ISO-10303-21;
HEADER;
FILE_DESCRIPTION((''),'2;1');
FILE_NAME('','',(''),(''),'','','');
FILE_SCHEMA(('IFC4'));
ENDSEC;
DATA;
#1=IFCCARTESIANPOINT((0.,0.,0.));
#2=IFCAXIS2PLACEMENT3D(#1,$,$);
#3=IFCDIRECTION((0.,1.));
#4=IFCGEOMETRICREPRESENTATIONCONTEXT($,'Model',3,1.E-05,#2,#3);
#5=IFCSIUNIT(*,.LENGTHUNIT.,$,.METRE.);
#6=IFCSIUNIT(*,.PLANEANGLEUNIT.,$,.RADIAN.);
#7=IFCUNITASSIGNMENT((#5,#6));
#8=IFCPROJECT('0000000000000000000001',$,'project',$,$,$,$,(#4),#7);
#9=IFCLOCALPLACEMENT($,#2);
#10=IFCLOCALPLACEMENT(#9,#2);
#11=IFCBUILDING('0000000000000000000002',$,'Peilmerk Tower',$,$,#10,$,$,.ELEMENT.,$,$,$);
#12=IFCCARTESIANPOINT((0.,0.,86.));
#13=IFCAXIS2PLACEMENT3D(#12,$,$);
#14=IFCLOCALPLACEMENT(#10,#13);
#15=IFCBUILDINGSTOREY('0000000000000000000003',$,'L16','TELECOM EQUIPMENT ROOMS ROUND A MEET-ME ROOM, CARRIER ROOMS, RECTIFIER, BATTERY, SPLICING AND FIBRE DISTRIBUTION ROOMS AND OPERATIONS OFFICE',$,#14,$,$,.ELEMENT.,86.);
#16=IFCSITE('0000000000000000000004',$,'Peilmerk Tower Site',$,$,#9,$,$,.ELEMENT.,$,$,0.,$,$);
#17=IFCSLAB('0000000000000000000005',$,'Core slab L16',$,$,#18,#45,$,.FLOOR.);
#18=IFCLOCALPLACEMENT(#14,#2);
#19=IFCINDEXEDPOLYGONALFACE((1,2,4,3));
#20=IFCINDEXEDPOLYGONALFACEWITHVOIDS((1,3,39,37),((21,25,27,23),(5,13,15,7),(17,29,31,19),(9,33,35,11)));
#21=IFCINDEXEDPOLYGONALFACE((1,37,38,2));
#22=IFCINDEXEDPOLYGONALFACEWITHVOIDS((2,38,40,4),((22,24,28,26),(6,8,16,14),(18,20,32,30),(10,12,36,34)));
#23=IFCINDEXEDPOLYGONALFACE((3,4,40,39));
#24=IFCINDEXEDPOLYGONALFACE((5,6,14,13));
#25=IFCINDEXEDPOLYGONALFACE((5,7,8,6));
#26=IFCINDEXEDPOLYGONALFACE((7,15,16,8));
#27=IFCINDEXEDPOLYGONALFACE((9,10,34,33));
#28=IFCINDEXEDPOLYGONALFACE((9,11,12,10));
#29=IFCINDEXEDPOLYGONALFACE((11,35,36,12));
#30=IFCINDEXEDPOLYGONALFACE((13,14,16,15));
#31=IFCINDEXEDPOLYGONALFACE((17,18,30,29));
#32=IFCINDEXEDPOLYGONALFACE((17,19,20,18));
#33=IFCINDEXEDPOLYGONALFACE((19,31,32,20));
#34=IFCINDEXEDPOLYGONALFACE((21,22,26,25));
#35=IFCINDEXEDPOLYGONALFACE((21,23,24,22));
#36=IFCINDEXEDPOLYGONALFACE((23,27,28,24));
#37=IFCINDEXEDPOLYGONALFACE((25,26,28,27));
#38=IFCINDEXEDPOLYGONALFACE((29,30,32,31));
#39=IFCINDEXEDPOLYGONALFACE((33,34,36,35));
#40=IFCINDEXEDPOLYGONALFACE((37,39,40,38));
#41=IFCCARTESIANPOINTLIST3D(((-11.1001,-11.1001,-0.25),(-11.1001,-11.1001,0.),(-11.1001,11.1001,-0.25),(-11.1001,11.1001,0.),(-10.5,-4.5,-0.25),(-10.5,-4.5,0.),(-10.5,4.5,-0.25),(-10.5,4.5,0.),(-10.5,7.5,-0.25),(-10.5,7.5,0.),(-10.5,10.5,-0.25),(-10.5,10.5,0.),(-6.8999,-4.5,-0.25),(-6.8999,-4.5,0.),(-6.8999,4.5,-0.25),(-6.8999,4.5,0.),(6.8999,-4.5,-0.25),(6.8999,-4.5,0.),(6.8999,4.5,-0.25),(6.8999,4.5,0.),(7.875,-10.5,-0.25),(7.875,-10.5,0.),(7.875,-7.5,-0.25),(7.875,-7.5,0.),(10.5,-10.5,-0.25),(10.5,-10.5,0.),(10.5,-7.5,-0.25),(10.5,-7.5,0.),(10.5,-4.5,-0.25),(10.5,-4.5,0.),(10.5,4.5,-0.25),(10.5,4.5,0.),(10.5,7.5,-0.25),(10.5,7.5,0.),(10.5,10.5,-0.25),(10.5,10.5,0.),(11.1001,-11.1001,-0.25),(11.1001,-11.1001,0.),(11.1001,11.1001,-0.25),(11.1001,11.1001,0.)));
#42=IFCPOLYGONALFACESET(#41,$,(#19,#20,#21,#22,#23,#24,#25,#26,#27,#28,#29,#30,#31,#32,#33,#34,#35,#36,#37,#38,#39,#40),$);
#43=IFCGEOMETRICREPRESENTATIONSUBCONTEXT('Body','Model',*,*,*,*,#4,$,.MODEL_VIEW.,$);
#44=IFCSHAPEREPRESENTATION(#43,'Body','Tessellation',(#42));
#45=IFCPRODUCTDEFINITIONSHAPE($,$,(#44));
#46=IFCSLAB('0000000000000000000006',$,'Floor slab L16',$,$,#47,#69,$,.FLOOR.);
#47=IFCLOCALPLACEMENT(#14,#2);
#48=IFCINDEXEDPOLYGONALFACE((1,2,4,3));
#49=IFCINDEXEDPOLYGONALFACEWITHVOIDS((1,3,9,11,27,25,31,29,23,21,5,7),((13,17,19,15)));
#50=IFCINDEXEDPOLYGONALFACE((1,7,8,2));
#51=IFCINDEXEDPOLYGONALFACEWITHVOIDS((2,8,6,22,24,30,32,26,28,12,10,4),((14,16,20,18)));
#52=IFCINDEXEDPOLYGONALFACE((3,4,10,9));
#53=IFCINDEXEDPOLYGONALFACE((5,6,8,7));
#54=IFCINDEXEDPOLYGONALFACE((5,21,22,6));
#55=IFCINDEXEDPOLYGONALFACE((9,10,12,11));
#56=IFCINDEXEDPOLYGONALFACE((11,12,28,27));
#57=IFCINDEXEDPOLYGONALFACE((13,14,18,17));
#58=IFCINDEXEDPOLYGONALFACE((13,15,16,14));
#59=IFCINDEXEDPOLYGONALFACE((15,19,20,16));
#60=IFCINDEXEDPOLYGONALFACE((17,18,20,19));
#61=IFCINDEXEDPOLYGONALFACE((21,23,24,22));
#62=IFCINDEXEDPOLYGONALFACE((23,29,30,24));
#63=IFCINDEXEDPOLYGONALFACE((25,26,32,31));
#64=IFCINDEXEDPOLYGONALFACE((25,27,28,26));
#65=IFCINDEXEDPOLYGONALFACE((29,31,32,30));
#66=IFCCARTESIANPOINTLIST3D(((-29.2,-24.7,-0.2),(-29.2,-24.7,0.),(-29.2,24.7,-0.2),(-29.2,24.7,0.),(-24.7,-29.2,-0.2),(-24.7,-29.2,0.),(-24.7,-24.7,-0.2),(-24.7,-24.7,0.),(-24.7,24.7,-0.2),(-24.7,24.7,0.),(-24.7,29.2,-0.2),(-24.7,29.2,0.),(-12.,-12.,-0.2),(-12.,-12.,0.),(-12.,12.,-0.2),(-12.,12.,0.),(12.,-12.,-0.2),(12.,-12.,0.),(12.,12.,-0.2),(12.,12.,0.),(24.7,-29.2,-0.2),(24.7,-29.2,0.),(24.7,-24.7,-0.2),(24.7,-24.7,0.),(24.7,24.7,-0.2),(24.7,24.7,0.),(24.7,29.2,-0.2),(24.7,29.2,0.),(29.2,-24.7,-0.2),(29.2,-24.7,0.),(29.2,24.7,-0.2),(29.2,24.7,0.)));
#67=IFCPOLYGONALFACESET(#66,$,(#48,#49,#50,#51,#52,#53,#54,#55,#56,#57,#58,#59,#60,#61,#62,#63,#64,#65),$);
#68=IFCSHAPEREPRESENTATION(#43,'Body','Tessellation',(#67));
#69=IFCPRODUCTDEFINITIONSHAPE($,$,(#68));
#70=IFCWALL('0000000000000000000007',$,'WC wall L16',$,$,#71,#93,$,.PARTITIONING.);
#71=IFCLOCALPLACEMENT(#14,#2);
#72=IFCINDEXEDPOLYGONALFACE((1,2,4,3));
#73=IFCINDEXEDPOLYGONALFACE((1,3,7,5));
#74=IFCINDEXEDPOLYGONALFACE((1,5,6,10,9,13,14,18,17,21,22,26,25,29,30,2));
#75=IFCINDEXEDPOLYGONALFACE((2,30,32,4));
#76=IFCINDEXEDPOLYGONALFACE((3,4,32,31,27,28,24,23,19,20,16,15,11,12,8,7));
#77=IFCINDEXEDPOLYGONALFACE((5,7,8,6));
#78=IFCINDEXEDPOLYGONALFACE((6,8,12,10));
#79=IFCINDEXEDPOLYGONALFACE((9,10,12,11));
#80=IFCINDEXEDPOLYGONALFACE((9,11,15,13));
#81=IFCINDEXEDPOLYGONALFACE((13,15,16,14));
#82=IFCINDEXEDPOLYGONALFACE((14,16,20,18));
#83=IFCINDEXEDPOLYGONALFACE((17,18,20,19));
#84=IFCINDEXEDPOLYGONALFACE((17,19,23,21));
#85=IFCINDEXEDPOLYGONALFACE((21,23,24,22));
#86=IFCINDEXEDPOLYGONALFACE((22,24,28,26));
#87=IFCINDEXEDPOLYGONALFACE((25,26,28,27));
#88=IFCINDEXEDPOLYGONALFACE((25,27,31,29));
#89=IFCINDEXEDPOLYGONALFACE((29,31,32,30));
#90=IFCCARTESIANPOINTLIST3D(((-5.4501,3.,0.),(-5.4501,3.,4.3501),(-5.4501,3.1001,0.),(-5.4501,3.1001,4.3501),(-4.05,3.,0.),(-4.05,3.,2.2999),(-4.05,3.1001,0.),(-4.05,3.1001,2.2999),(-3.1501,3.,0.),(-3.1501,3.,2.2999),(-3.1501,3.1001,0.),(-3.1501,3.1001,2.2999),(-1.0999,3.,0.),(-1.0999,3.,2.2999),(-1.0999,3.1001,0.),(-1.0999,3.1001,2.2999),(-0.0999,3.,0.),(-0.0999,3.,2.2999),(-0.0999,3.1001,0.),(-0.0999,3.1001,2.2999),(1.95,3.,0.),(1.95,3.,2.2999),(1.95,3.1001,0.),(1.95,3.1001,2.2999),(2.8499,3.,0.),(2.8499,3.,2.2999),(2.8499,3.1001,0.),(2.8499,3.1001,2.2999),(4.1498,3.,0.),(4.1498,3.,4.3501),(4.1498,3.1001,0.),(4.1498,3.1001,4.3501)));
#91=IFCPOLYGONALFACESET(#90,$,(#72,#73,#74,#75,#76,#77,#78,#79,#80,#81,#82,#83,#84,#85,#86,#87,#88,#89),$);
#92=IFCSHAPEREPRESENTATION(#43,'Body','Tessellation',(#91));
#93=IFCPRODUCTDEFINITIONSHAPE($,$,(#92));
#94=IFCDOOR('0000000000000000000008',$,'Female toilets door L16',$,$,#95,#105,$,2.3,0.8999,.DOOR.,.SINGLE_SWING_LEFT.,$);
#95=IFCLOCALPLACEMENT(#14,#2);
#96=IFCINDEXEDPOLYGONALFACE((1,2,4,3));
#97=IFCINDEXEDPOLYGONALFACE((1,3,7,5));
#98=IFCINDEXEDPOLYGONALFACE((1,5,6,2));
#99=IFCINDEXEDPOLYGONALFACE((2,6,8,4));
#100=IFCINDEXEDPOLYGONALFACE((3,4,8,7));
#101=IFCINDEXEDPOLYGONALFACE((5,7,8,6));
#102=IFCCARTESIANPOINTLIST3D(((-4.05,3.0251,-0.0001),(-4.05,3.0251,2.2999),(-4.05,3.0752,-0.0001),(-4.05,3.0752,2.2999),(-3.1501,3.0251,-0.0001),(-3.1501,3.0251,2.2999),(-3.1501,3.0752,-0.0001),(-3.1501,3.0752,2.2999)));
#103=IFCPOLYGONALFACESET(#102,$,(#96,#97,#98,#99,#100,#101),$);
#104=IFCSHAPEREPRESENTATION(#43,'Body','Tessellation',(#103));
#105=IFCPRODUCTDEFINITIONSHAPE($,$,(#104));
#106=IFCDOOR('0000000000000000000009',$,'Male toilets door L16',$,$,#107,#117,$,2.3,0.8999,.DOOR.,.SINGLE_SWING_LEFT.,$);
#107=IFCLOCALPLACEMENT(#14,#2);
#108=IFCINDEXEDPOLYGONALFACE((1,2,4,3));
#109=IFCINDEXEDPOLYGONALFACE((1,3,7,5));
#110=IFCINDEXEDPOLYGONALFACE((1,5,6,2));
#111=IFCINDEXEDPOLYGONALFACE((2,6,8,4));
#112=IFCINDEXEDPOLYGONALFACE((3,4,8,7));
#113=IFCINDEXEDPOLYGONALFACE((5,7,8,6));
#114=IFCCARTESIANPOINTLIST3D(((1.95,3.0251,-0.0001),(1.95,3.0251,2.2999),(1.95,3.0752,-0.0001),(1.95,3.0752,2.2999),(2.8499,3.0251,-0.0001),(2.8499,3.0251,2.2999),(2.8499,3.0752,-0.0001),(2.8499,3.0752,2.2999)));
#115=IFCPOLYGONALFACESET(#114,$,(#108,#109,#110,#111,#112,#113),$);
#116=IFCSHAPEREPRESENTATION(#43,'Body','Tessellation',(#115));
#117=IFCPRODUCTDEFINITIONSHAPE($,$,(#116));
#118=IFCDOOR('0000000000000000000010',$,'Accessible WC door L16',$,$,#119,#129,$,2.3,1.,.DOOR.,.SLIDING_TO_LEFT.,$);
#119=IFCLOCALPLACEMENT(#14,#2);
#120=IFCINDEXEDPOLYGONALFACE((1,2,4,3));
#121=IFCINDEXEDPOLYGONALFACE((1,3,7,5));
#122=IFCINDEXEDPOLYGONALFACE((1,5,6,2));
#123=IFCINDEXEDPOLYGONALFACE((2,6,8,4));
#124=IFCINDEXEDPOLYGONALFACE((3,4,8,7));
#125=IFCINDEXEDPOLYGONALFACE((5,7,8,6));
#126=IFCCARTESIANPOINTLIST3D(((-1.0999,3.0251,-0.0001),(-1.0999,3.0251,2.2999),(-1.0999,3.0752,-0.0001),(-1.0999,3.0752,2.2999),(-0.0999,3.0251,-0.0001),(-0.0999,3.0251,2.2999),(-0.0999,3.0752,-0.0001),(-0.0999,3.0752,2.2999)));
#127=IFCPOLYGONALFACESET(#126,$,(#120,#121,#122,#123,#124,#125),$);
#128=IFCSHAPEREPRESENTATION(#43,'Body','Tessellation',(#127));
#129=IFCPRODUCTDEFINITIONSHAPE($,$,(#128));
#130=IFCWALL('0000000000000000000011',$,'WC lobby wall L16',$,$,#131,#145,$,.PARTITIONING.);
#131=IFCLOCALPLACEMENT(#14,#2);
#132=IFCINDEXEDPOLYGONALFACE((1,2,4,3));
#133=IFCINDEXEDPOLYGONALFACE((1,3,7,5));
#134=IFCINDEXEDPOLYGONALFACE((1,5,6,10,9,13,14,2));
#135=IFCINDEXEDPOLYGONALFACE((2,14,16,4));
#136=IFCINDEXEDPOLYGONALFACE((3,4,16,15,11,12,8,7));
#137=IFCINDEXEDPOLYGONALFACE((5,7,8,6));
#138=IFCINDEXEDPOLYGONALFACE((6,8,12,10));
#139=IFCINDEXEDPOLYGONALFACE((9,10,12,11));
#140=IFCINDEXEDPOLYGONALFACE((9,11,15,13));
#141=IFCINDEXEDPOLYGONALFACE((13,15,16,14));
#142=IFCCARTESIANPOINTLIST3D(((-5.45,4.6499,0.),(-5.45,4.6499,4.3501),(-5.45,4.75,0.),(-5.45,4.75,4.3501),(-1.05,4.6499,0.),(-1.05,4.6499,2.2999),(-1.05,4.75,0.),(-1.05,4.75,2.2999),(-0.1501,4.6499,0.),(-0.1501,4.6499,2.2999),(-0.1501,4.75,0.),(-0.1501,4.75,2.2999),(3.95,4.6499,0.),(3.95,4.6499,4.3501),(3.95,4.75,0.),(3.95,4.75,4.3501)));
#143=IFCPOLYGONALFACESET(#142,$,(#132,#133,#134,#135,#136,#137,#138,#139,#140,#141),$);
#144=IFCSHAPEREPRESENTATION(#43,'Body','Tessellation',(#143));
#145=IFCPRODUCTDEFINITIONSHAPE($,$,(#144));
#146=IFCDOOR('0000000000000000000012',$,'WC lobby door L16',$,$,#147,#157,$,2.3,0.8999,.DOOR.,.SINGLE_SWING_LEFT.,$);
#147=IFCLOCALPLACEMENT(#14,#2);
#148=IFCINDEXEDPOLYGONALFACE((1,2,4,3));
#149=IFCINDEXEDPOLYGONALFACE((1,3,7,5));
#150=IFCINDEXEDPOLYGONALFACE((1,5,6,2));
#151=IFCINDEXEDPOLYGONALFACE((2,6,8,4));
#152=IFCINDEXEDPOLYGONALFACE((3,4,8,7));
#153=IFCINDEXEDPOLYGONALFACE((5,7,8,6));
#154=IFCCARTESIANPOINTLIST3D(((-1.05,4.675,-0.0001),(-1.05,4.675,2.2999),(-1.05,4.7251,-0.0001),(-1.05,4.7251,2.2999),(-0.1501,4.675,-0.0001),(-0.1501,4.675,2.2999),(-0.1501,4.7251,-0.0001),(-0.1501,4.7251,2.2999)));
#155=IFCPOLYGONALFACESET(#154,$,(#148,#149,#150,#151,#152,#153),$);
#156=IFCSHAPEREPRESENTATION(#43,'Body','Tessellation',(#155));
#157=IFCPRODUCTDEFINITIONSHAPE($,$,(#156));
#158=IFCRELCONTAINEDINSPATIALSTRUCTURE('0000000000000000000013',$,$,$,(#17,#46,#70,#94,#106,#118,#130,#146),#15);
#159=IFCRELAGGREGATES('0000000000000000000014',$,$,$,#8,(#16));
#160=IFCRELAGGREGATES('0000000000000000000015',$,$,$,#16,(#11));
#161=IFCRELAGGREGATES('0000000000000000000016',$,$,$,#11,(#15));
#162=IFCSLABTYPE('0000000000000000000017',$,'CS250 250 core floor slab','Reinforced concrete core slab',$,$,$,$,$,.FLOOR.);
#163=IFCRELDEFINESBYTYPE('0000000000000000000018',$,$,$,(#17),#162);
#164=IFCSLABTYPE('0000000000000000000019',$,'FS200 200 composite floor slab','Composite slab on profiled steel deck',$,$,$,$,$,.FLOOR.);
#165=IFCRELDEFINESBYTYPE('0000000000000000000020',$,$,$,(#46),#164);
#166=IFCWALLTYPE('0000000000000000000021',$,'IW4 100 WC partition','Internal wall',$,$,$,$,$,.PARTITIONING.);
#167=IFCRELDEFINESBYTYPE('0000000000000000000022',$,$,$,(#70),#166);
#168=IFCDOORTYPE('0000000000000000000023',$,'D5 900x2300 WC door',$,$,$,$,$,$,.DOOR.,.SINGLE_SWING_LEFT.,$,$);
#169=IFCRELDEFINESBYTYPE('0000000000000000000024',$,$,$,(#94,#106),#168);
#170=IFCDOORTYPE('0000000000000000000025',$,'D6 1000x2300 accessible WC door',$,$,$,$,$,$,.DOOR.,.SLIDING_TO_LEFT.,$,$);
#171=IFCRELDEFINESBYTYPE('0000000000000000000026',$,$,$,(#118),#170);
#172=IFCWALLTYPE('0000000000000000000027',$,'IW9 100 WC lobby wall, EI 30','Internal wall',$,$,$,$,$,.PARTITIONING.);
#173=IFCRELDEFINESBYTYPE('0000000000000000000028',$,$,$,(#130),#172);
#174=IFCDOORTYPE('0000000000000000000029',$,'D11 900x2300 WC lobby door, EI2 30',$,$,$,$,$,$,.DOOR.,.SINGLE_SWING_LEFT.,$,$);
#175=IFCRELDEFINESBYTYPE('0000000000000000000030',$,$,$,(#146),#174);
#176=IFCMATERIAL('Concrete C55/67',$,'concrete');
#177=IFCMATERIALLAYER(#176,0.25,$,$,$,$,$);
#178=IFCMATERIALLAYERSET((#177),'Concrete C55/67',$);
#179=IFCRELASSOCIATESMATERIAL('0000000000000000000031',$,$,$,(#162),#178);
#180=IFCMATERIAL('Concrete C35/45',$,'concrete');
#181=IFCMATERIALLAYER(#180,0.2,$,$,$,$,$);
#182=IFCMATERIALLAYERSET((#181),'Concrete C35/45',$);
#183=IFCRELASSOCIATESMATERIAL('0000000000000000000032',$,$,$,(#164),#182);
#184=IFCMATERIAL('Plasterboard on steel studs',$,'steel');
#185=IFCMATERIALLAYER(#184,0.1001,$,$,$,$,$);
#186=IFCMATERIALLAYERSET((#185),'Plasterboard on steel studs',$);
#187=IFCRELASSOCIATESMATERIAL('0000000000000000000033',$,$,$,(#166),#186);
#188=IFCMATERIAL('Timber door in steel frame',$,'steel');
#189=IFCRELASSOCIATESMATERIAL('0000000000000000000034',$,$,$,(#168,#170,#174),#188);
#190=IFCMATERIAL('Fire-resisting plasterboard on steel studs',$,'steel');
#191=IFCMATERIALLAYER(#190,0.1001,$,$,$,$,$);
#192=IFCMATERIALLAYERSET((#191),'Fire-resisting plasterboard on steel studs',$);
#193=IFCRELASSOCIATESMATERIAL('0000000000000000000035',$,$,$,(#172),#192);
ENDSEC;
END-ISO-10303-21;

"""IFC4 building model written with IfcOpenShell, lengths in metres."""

from ifc_helpers import new_model, si_unit, direction, frame, frame_2d, origin, place, context, subcontext, project, spatial, polyline, rectangle, outline, extrude, material, layer, layer_set, type_object, element, fill, save


model = new_model("IFC4")

# Units and contexts
model_context = context("Model", 3, precision=1e-05, world=origin(), true_north=direction((0.0, 1.0)))
body_context = subcontext(model_context, "Body", "Model", "MODEL_VIEW")
ifc_project = project(units=[si_unit("LENGTHUNIT", "METRE"), si_unit("PLANEANGLEUNIT", "RADIAN")], contexts=[model_context])

# Site, building, storey
site_placement = place(None, origin())
site = spatial("IfcSite", under=ifc_project, at=site_placement, Name="Peilmerk Tower Site", CompositionType="ELEMENT", RefElevation=0.0)
building_placement = place(site_placement, origin())
building = spatial("IfcBuilding", under=site, at=building_placement, Name="Peilmerk Tower", CompositionType="ELEMENT")
storey_placement = place(building_placement, frame((0.0, 0.0, 86.0)))
storey = spatial("IfcBuildingStorey", under=building, at=storey_placement, Name="L16", Description="TELECOM EQUIPMENT ROOMS ROUND A MEET-ME ROOM, CARRIER ROOMS, RECTIFIER, BATTERY, SPLICING AND FIBRE DISTRIBUTION ROOMS AND OPERATIONS OFFICE", CompositionType="ELEMENT", Elevation=86.0)

# Slabs
ifc_material_1 = material(Name="Concrete C55/67", Category="concrete")
ifc_layer_1 = layer(ifc_material_1, 0.25)
ifc_layer_set_1 = layer_set([ifc_layer_1], Name="Concrete C55/67")
slab_type_1 = type_object("IfcSlabType", Name="CS250 250 core floor slab", Description="Reinforced concrete core slab", PredefinedType="FLOOR", material=ifc_layer_set_1)
slab_1_placement = place(storey_placement, frame((0.0, 0.0, -0.25)))
element("IfcSlab", 1, at=slab_1_placement, inside=storey, type_object=slab_type_1, Name="Core slab L16", PredefinedType="FLOOR", context=body_context, shape_type="SweptSolid", body=[
    extrude(outline(polyline([(-11.1001, 11.1001), (-11.1001, -11.1001), (11.1001, -11.1001), (11.1001, 11.1001), (-11.1001, 11.1001)]), holes=[polyline([(10.5, 7.5), (-10.5, 7.5), (-10.5, 10.5), (10.5, 10.5), (10.5, 7.5)]), polyline([(7.875, -10.5), (7.875, -7.5), (10.5, -7.5), (10.5, -10.5), (7.875, -10.5)]), polyline([(-10.5, 4.5), (-6.8999, 4.5), (-6.8999, -4.5), (-10.5, -4.5), (-10.5, 4.5)]), polyline([(10.5, 4.5), (10.5, -4.5), (6.8999, -4.5), (6.8999, 4.5), (10.5, 4.5)])]), origin(), (0.0, 0.0, 1.0), 0.25),
])
ifc_material_2 = material(Name="Concrete C35/45", Category="concrete")
ifc_layer_2 = layer(ifc_material_2, 0.2)
ifc_layer_set_2 = layer_set([ifc_layer_2], Name="Concrete C35/45")
slab_type_2 = type_object("IfcSlabType", Name="FS200 200 composite floor slab", Description="Composite slab on profiled steel deck", PredefinedType="FLOOR", material=ifc_layer_set_2)
slab_2_placement = place(storey_placement, frame((0.0, 0.0, -0.2)))
element("IfcSlab", 2, at=slab_2_placement, inside=storey, type_object=slab_type_2, Name="Floor slab L16", PredefinedType="FLOOR", context=body_context, shape_type="SweptSolid", body=[
    extrude(outline(polyline([(-24.7, -29.2), (24.7, -29.2), (24.7, -24.7), (29.2, -24.7), (29.2, 24.7), (24.7, 24.7), (24.7, 29.2), (-24.7, 29.2), (-24.7, 24.7), (-29.2, 24.7), (-29.2, -24.7), (-24.7, -24.7), (-24.7, -29.2)]), holes=[polyline([(12.0, 12.0), (12.0, -12.0), (-12.0, -12.0), (-12.0, 12.0), (12.0, 12.0)])]), origin(), (0.0, 0.0, 1.0), 0.2),
])

# Wall, openings, doors
ifc_material_3 = material(Name="Plasterboard on steel studs", Category="steel")
ifc_layer_3 = layer(ifc_material_3, 0.1001)
ifc_layer_set_3 = layer_set([ifc_layer_3], Name="Plasterboard on steel studs")
wall_type_1 = type_object("IfcWallType", Name="IW4 100 WC partition", Description="Internal wall", PredefinedType="PARTITIONING", material=ifc_layer_set_3)
wall_1_placement = place(storey_placement, frame((-5.45, 3.05, 0.0), z_axis=(0.0, 0.0, 1.0), x_axis=(1.0, 0.0, 0.0)))
wall_1 = element("IfcWall", 3, at=wall_1_placement, inside=storey, type_object=wall_type_1, Name="WC wall L16", PredefinedType="PARTITIONING", context=body_context, shape_type="SweptSolid", body=[
    extrude(rectangle(XDim=9.5999, YDim=0.1001, at=frame_2d((4.7998, 0.0))), origin(), (0.0, 0.0, 1.0), 4.3501),
])
opening_1_placement = place(wall_1_placement, frame((1.3999, 0.0, 0.0)))
opening_1 = element("IfcOpeningElement", 4, at=opening_1_placement, cuts=wall_1, PredefinedType="OPENING", context=body_context, shape_type="SweptSolid", body=[
    extrude(rectangle(XDim=0.8999, YDim=2.3, at=frame_2d((0.45, 1.1499))), frame((0.0, 0.0601, 0.0), z_axis=(0.0, -1.0, 0.0), x_axis=(1.0, 0.0, 0.0)), (0.0, 0.0, 1.0), 0.1201),
])
opening_2_placement = place(wall_1_placement, frame((4.3501, 0.0, 0.0)))
opening_2 = element("IfcOpeningElement", 5, at=opening_2_placement, cuts=wall_1, PredefinedType="OPENING", context=body_context, shape_type="SweptSolid", body=[
    extrude(rectangle(XDim=1.0, YDim=2.3, at=frame_2d((0.5, 1.1499))), frame((0.0, 0.0601, 0.0), z_axis=(0.0, -1.0, 0.0), x_axis=(1.0, 0.0, 0.0)), (0.0, 0.0, 1.0), 0.1201),
])
opening_3_placement = place(wall_1_placement, frame((7.3999, 0.0, 0.0)))
opening_3 = element("IfcOpeningElement", 6, at=opening_3_placement, cuts=wall_1, PredefinedType="OPENING", context=body_context, shape_type="SweptSolid", body=[
    extrude(rectangle(XDim=0.8999, YDim=2.3, at=frame_2d((0.45, 1.1499))), frame((0.0, 0.0601, 0.0), z_axis=(0.0, -1.0, 0.0), x_axis=(1.0, 0.0, 0.0)), (0.0, 0.0, 1.0), 0.1201),
])
ifc_material_4 = material(Name="Timber door in steel frame", Category="steel")
door_type_1 = type_object("IfcDoorType", Name="D5 900x2300 WC door", OperationType="SINGLE_SWING_LEFT", PredefinedType="DOOR", material=ifc_material_4)
door_1_placement = place(opening_1_placement, frame((0.8999, 0.0, 0.0), z_axis=(0.0, 0.0, 1.0), x_axis=(-1.0, 0.0, 0.0)))
door_1 = element("IfcDoor", 7, at=door_1_placement, inside=storey, type_object=door_type_1, Name="Female toilets door L16", OperationType="SINGLE_SWING_LEFT", OverallHeight=2.3, OverallWidth=0.8999, PredefinedType="DOOR", context=body_context, shape_type="SweptSolid", body=[
    extrude(rectangle(XDim=0.8999, YDim=2.3, at=frame_2d((0.45, 1.1499))), frame((0.0, 0.0249, 0.0), z_axis=(0.0, -1.0, 0.0), x_axis=(1.0, 0.0, 0.0)), (0.0, 0.0, 1.0), 0.05),
])
fill(opening_1, door_1)
door_2_placement = place(opening_3_placement, frame((0.8999, 0.0, 0.0), z_axis=(0.0, 0.0, 1.0), x_axis=(-1.0, 0.0, 0.0)))
door_2 = element("IfcDoor", 8, at=door_2_placement, inside=storey, type_object=door_type_1, Name="Male toilets door L16", OperationType="SINGLE_SWING_LEFT", OverallHeight=2.3, OverallWidth=0.8999, PredefinedType="DOOR", context=body_context, shape_type="SweptSolid", body=[
    extrude(rectangle(XDim=0.8999, YDim=2.3, at=frame_2d((0.45, 1.1499))), frame((0.0, 0.0249, 0.0), z_axis=(0.0, -1.0, 0.0), x_axis=(1.0, 0.0, 0.0)), (0.0, 0.0, 1.0), 0.05),
])
fill(opening_3, door_2)
door_type_2 = type_object("IfcDoorType", Name="D6 1000x2300 accessible WC door", OperationType="SLIDING_TO_LEFT", PredefinedType="DOOR", material=ifc_material_4)
door_3_placement = place(opening_2_placement, frame((1.0, 0.0, 0.0), z_axis=(0.0, 0.0, 1.0), x_axis=(-1.0, 0.0, 0.0)))
door_3 = element("IfcDoor", 9, at=door_3_placement, inside=storey, type_object=door_type_2, Name="Accessible WC door L16", OperationType="SLIDING_TO_LEFT", OverallHeight=2.3, OverallWidth=1.0, PredefinedType="DOOR", context=body_context, shape_type="SweptSolid", body=[
    extrude(rectangle(XDim=1.0, YDim=2.3, at=frame_2d((0.5, 1.1499))), frame((0.0, 0.0249, 0.0), z_axis=(0.0, -1.0, 0.0), x_axis=(1.0, 0.0, 0.0)), (0.0, 0.0, 1.0), 0.05),
])
fill(opening_2, door_3)

# Wall, opening, door
ifc_material_5 = material(Name="Fire-resisting plasterboard on steel studs", Category="steel")
ifc_layer_4 = layer(ifc_material_5, 0.1001)
ifc_layer_set_4 = layer_set([ifc_layer_4], Name="Fire-resisting plasterboard on steel studs")
wall_type_2 = type_object("IfcWallType", Name="IW9 100 WC lobby wall, EI 30", Description="Internal wall", PredefinedType="PARTITIONING", material=ifc_layer_set_4)
wall_2_placement = place(storey_placement, frame((-5.45, 4.7, 0.0), z_axis=(0.0, 0.0, 1.0), x_axis=(1.0, 0.0, 0.0)))
wall_2 = element("IfcWall", 10, at=wall_2_placement, inside=storey, type_object=wall_type_2, Name="WC lobby wall L16", PredefinedType="PARTITIONING", context=body_context, shape_type="SweptSolid", body=[
    extrude(rectangle(XDim=9.3999, YDim=0.1001, at=frame_2d((4.7, 0.0))), origin(), (0.0, 0.0, 1.0), 4.3501),
])
opening_4_placement = place(wall_2_placement, frame((4.3999, 0.0, 0.0)))
opening_4 = element("IfcOpeningElement", 11, at=opening_4_placement, cuts=wall_2, PredefinedType="OPENING", context=body_context, shape_type="SweptSolid", body=[
    extrude(rectangle(XDim=0.8999, YDim=2.3, at=frame_2d((0.45, 1.1499))), frame((0.0, 0.0601, 0.0), z_axis=(0.0, -1.0, 0.0), x_axis=(1.0, 0.0, 0.0)), (0.0, 0.0, 1.0), 0.1201),
])
door_type_3 = type_object("IfcDoorType", Name="D11 900x2300 WC lobby door, EI2 30", OperationType="SINGLE_SWING_LEFT", PredefinedType="DOOR", material=ifc_material_4)
door_4_placement = place(opening_4_placement, frame((0.8999, 0.0, 0.0), z_axis=(0.0, 0.0, 1.0), x_axis=(-1.0, 0.0, 0.0)))
door_4 = element("IfcDoor", 12, at=door_4_placement, inside=storey, type_object=door_type_3, Name="WC lobby door L16", OperationType="SINGLE_SWING_LEFT", OverallHeight=2.3, OverallWidth=0.8999, PredefinedType="DOOR", context=body_context, shape_type="SweptSolid", body=[
    extrude(rectangle(XDim=0.8999, YDim=2.3, at=frame_2d((0.45, 1.1499))), frame((0.0, 0.0249, 0.0), z_axis=(0.0, -1.0, 0.0), x_axis=(1.0, 0.0, 0.0)), (0.0, 0.0, 1.0), 0.05),
])
fill(opening_4, door_4)

save(model, "model.ifc")
